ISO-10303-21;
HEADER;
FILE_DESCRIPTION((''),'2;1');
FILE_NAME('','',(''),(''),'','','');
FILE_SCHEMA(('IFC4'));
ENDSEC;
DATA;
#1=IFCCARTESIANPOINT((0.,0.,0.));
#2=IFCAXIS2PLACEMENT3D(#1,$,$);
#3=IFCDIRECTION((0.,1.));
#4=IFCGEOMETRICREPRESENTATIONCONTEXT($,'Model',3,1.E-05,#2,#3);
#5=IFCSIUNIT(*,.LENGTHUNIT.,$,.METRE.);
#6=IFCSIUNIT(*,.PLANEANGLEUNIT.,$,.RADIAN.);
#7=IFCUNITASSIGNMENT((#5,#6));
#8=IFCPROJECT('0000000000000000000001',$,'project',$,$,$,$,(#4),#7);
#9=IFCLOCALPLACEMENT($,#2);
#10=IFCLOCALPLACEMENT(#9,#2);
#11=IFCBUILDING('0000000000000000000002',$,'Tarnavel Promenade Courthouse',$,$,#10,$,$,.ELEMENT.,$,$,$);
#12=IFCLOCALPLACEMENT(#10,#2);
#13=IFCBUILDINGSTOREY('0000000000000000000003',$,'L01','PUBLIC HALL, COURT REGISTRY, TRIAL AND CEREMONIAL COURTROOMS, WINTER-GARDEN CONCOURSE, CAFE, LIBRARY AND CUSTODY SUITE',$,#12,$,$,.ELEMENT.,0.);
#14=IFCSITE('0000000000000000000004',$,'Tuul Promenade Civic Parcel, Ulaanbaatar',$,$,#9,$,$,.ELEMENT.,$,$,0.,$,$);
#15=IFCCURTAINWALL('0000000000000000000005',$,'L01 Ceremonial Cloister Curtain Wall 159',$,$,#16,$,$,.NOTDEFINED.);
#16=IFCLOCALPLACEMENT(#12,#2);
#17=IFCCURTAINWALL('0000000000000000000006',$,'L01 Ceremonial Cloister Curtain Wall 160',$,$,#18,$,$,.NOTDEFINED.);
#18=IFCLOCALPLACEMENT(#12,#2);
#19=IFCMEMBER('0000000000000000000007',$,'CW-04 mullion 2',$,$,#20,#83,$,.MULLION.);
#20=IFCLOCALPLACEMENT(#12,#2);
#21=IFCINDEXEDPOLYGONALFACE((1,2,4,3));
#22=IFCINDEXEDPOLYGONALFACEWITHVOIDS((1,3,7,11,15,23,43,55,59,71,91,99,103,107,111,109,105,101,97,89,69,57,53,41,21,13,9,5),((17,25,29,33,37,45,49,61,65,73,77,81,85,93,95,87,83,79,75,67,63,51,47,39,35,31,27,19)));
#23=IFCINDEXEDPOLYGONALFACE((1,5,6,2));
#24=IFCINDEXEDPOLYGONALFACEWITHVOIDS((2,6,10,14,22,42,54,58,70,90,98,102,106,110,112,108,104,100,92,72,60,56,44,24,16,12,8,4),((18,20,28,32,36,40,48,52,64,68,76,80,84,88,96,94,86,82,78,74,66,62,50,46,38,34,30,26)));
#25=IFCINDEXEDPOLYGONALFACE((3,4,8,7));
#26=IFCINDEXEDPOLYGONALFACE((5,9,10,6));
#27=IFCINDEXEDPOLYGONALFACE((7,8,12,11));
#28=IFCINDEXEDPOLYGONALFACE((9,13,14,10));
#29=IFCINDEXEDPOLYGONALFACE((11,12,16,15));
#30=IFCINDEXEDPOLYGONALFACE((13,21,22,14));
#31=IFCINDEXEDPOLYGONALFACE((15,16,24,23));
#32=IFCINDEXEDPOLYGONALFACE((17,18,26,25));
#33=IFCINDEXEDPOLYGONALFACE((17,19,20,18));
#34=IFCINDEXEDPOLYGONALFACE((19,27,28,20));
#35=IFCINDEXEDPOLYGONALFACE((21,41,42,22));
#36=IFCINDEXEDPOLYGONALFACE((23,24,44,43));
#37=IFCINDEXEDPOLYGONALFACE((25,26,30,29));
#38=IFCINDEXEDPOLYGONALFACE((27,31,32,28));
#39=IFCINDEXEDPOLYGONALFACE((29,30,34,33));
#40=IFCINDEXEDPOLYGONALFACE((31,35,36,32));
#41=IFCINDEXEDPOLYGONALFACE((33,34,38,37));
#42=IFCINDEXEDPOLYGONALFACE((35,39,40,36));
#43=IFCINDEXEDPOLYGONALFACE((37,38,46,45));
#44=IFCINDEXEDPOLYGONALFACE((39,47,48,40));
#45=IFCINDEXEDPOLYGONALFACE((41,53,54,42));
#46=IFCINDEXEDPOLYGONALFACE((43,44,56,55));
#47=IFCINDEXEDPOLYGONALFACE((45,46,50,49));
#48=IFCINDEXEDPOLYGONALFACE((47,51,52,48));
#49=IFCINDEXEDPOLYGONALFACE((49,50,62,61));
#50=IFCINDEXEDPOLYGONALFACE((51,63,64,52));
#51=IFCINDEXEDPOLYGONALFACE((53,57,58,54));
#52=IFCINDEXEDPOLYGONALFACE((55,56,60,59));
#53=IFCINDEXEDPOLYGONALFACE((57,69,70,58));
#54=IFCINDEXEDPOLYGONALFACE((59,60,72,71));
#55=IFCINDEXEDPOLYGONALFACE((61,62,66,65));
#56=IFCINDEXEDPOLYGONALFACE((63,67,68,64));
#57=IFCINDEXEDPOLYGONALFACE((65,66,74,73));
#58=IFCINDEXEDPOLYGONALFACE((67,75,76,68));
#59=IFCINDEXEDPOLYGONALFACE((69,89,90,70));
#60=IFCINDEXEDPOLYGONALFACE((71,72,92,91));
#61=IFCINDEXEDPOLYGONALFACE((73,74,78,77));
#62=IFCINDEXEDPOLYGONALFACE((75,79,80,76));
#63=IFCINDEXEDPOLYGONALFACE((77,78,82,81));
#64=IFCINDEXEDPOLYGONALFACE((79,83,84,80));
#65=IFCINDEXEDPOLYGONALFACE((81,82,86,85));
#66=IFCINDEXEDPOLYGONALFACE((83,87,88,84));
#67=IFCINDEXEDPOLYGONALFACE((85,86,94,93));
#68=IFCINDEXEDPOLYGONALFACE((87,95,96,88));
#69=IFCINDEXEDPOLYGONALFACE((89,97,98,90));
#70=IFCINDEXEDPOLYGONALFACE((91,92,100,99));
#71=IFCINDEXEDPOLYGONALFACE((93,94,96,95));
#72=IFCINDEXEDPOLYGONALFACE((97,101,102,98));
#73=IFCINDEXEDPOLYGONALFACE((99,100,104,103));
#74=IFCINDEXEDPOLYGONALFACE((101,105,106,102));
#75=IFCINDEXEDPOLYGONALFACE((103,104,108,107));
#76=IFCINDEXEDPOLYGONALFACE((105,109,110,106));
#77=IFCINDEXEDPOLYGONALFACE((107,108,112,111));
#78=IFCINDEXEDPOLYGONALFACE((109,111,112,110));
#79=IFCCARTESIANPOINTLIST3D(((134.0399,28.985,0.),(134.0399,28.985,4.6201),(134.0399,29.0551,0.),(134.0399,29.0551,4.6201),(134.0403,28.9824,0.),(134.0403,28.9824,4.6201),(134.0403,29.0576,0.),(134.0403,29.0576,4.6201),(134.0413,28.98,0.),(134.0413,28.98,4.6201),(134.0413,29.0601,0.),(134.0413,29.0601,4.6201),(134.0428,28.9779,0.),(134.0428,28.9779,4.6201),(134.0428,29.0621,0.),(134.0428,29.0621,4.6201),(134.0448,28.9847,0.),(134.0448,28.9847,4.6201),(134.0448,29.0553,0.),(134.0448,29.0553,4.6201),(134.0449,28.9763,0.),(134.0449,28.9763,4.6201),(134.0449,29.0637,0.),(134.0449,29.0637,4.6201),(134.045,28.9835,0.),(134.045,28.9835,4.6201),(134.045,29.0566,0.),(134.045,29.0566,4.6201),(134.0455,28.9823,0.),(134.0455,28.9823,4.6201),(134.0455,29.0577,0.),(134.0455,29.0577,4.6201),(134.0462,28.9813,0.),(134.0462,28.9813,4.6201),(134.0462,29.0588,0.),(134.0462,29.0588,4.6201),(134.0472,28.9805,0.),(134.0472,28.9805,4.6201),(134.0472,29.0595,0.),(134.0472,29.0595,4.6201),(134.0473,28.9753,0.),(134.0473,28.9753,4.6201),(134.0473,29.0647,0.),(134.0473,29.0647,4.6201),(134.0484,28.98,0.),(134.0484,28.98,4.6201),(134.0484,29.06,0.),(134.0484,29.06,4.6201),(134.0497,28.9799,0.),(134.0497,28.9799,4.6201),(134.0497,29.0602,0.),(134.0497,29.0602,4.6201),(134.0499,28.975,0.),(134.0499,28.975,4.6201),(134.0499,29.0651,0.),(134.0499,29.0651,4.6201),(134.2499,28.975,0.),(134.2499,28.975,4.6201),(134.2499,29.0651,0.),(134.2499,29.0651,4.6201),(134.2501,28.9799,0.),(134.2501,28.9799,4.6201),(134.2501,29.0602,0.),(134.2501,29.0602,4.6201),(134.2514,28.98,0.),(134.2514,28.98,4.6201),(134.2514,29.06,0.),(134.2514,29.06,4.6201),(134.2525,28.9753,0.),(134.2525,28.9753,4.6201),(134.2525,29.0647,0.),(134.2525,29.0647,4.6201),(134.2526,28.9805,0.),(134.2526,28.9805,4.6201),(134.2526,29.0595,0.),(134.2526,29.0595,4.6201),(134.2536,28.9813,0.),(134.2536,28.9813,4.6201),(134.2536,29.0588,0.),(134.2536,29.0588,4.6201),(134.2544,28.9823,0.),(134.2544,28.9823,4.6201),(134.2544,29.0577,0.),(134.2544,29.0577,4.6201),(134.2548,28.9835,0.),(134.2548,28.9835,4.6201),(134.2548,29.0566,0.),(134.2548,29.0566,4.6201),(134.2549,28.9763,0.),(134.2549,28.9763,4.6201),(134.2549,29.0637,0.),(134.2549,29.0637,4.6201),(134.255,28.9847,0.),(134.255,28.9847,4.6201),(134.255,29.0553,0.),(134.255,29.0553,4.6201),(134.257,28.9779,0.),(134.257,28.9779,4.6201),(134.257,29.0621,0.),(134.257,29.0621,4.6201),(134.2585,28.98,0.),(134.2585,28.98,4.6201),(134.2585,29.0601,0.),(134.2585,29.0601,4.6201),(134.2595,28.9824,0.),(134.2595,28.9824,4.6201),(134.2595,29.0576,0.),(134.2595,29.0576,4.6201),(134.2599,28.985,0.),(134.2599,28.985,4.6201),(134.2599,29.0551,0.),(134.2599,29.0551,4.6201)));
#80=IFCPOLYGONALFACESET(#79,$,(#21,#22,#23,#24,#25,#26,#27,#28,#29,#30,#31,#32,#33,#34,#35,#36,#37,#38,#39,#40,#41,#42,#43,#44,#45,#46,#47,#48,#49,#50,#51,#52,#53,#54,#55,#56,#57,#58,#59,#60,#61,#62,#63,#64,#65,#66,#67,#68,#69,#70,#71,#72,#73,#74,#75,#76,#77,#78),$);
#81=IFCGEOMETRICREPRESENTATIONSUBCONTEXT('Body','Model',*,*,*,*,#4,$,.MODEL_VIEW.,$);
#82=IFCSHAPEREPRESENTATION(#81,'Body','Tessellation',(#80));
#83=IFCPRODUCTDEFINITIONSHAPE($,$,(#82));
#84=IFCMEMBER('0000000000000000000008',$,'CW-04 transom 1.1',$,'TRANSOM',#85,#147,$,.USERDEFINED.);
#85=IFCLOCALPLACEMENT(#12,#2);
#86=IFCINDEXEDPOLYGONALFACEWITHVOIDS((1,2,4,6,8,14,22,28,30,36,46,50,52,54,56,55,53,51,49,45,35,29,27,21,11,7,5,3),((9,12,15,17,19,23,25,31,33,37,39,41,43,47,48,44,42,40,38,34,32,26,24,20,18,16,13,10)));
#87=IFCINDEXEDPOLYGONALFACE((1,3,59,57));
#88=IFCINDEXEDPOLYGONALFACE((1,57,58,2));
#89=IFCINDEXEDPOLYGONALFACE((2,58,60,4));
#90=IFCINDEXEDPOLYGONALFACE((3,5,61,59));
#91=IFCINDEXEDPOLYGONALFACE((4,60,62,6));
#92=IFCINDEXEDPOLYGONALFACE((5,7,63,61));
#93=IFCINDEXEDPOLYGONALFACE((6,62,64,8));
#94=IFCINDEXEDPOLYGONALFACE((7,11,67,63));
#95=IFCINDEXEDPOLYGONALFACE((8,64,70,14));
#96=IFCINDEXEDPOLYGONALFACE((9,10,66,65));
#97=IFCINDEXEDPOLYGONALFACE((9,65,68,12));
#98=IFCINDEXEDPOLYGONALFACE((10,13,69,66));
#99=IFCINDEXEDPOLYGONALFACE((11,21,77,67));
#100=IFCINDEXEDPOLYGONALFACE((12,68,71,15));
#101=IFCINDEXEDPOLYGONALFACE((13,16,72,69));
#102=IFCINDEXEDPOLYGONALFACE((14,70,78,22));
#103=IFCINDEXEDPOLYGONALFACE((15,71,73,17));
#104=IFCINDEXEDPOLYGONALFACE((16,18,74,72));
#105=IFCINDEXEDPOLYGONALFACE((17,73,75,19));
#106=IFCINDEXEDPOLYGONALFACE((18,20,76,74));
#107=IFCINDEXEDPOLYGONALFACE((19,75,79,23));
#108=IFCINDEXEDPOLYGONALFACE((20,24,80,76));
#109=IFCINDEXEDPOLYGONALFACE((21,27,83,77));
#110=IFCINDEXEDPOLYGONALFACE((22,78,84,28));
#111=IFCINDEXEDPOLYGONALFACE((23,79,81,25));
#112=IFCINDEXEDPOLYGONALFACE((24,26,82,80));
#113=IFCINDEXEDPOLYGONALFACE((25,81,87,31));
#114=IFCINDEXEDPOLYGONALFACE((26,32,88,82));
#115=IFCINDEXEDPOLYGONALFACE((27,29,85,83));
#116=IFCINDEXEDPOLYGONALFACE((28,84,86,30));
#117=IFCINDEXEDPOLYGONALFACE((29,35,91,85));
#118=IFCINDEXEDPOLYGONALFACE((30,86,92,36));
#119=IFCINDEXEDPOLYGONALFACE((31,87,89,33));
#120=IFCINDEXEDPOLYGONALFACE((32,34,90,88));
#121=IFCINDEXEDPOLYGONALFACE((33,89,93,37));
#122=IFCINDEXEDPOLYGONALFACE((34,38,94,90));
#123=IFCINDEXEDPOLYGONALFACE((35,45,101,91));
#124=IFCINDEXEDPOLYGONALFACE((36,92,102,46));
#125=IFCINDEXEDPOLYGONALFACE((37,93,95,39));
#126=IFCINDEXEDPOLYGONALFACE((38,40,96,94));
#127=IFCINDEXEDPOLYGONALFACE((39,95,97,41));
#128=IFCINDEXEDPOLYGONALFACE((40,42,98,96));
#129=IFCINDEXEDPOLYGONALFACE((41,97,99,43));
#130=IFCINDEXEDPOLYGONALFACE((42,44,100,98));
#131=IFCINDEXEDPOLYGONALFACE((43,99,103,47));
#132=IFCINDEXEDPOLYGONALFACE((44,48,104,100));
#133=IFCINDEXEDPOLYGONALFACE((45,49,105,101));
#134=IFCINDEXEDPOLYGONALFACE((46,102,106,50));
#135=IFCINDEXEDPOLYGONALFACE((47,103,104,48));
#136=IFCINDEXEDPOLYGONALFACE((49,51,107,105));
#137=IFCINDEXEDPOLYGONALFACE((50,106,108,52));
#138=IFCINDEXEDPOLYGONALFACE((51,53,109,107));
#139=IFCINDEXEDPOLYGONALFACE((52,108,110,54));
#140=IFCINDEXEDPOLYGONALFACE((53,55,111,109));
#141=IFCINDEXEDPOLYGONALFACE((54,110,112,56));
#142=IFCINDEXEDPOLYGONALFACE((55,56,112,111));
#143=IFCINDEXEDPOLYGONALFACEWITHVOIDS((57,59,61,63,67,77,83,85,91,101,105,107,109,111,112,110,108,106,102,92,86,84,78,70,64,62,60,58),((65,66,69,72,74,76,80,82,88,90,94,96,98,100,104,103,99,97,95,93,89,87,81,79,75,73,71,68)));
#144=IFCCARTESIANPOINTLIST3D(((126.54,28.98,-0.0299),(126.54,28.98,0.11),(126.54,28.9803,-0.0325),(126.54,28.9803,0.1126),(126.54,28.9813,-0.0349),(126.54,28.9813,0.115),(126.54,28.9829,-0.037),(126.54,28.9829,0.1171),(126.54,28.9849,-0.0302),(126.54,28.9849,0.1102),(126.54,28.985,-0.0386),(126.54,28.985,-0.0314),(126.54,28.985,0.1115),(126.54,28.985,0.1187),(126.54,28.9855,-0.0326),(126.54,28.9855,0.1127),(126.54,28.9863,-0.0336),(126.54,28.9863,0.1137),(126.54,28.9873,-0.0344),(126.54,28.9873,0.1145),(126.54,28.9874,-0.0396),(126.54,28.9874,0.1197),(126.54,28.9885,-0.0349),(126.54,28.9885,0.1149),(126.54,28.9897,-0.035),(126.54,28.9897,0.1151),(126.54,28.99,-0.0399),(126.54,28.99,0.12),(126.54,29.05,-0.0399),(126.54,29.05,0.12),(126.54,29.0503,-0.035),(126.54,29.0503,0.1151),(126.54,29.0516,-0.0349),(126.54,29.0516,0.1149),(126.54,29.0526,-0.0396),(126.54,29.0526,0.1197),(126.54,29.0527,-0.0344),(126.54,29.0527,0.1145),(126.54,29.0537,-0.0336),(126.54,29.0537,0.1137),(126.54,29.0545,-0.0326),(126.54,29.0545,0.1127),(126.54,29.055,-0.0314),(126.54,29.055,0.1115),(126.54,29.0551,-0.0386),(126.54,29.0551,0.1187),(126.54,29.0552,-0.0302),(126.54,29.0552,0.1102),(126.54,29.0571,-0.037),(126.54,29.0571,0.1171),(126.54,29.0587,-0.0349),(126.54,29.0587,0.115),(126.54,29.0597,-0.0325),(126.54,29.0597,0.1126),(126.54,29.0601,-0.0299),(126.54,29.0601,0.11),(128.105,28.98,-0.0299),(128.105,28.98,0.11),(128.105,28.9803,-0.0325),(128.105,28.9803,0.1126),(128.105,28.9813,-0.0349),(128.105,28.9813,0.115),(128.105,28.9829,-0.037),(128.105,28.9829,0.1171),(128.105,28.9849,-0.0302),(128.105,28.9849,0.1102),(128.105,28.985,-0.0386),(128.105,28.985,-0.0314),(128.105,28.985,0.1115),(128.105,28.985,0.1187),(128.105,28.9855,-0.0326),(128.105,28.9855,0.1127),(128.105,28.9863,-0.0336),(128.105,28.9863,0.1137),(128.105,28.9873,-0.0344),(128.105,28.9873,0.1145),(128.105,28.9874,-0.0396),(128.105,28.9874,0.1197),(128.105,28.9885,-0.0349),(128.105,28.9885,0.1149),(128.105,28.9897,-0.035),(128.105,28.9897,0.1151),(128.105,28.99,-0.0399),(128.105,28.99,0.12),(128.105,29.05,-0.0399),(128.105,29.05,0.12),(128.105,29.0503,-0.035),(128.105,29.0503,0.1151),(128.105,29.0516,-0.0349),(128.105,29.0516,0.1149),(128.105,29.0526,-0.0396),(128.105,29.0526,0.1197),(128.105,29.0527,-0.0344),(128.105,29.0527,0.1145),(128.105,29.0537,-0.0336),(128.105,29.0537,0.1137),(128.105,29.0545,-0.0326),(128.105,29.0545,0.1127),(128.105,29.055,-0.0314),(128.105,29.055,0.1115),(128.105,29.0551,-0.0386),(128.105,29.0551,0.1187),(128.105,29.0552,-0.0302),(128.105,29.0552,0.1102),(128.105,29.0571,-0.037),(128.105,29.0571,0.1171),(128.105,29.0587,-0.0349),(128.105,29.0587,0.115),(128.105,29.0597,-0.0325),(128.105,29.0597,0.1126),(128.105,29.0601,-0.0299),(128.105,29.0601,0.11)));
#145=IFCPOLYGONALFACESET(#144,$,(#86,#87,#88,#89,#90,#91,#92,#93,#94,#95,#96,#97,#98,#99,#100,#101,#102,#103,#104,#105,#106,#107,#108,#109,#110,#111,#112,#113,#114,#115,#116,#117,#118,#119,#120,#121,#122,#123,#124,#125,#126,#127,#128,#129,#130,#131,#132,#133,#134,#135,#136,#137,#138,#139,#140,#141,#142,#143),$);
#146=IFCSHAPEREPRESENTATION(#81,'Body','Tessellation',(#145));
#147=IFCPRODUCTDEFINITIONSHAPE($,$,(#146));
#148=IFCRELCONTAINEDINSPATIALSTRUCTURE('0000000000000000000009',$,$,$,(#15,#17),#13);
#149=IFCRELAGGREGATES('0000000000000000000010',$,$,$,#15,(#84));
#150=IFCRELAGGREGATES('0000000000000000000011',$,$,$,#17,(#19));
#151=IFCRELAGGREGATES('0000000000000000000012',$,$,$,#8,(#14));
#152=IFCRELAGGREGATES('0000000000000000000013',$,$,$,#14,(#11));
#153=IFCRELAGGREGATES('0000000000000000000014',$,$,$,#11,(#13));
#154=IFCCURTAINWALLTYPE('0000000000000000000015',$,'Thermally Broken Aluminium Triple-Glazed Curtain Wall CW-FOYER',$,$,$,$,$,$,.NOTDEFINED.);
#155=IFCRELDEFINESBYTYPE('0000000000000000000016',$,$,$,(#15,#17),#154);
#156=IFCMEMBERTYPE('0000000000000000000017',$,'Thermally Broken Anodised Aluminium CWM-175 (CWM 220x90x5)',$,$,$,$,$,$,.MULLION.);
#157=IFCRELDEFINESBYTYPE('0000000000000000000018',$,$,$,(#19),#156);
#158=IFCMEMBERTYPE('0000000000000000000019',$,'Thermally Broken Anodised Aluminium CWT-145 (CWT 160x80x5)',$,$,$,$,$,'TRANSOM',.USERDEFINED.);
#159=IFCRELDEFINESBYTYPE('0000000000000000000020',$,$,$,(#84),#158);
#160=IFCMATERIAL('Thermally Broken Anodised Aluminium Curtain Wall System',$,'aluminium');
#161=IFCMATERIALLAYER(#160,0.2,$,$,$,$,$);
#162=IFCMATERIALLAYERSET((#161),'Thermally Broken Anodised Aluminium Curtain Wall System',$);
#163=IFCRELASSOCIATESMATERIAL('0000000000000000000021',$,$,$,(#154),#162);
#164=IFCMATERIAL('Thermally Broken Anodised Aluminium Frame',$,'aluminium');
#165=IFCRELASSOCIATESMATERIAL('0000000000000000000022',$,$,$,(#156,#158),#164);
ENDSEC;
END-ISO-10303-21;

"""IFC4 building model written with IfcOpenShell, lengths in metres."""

from ifc_helpers import new_model, si_unit, direction, frame, origin, origin_2d, place, context, subcontext, project, spatial, hollow_rectangle, extrude, material, layer, layer_set, material_profile, profile_set, type_object, element, aggregate, save


model = new_model("IFC4")

# Units and contexts
model_context = context("Model", 3, precision=1e-05, world=origin(), true_north=direction((0.0, 1.0)))
body_context = subcontext(model_context, "Body", "Model", "MODEL_VIEW")
ifc_project = project(units=[si_unit("LENGTHUNIT", "METRE"), si_unit("PLANEANGLEUNIT", "RADIAN")], contexts=[model_context])

# Site, building, storey
site_placement = place(None, origin())
site = spatial("IfcSite", under=ifc_project, at=site_placement, Name="Tuul Promenade Civic Parcel, Ulaanbaatar", CompositionType="ELEMENT", RefElevation=0.0)
building_placement = place(site_placement, origin())
building = spatial("IfcBuilding", under=site, at=building_placement, Name="Tarnavel Promenade Courthouse", CompositionType="ELEMENT")
storey_placement = place(building_placement, origin())
storey = spatial("IfcBuildingStorey", under=building, at=storey_placement, Name="L01", Description="PUBLIC HALL, COURT REGISTRY, TRIAL AND CEREMONIAL COURTROOMS, WINTER-GARDEN CONCOURSE, CAFE, LIBRARY AND CUSTODY SUITE", CompositionType="ELEMENT", Elevation=0.0)

# Shared definitions
ifc_material_1 = material(Name="Thermally Broken Anodised Aluminium Curtain Wall System", Category="aluminium")
ifc_layer_1 = layer(ifc_material_1, 0.2)
ifc_layer_set_1 = layer_set([ifc_layer_1], Name="Thermally Broken Anodised Aluminium Curtain Wall System")
curtain_wall_type = type_object("IfcCurtainWallType", Name="Thermally Broken Aluminium Triple-Glazed Curtain Wall CW-FOYER", PredefinedType="NOTDEFINED", material=ifc_layer_set_1)
ifc_material_2 = material(Name="Thermally Broken Anodised Aluminium Frame", Category="aluminium")
ifc_material_profile_1 = material_profile(ifc_material_2, hollow_rectangle(XDim=0.0901, YDim=0.22, WallThickness=0.0049, InnerFilletRadius=0.0049, OuterFilletRadius=0.01, at=origin_2d()), Name="CWM 220x90x5")
ifc_profile_set_1 = profile_set([ifc_material_profile_1], Name="Thermally Broken Anodised Aluminium Frame")
member_type_1 = type_object("IfcMemberType", Name="Thermally Broken Anodised Aluminium CWM-175 (CWM 220x90x5)", PredefinedType="MULLION", material=ifc_profile_set_1)

# Curtain walls, member
curtain_wall_1_placement = place(storey_placement, origin())
curtain_wall_1 = element("IfcCurtainWall", 1, at=curtain_wall_1_placement, inside=storey, type_object=curtain_wall_type, Name="L01 Ceremonial Cloister Curtain Wall 159", PredefinedType="NOTDEFINED")
curtain_wall_2_placement = place(storey_placement, origin())
curtain_wall_2 = element("IfcCurtainWall", 2, at=curtain_wall_2_placement, inside=storey, type_object=curtain_wall_type, Name="L01 Ceremonial Cloister Curtain Wall 160", PredefinedType="NOTDEFINED")
member_1_placement = place(storey_placement, frame((134.1499, 29.02, 0.0), z_axis=(0.0, 0.0, 1.0), x_axis=(0.0, 1.0, 0.0)))
member_1 = element("IfcMember", 3, at=member_1_placement, type_object=member_type_1, Name="CW-04 mullion 2", PredefinedType="MULLION", context=body_context, shape_type="SweptSolid", body=[
    extrude(hollow_rectangle(XDim=0.0901, YDim=0.22, WallThickness=0.0049, InnerFilletRadius=0.0049, OuterFilletRadius=0.01, at=origin_2d()), origin(), (0.0, 0.0, 1.0), 4.6201),
])

# Member
ifc_material_profile_2 = material_profile(ifc_material_2, hollow_rectangle(XDim=0.0801, YDim=0.1599, WallThickness=0.0049, InnerFilletRadius=0.0049, OuterFilletRadius=0.01, at=origin_2d()), Name="CWT 160x80x5")
ifc_profile_set_2 = profile_set([ifc_material_profile_2], Name="Thermally Broken Anodised Aluminium Frame")
member_type_2 = type_object("IfcMemberType", Name="Thermally Broken Anodised Aluminium CWT-145 (CWT 160x80x5)", ElementType="TRANSOM", PredefinedType="USERDEFINED", material=ifc_profile_set_2)
member_2_placement = place(storey_placement, frame((126.54, 29.02, 0.04), z_axis=(1.0, 0.0, 0.0), x_axis=(0.0, 1.0, 0.0)))
member_2 = element("IfcMember", 4, at=member_2_placement, type_object=member_type_2, Name="CW-04 transom 1.1", ObjectType="TRANSOM", PredefinedType="USERDEFINED", context=body_context, shape_type="SweptSolid", body=[
    extrude(hollow_rectangle(XDim=0.0801, YDim=0.1599, WallThickness=0.0049, InnerFilletRadius=0.0049, OuterFilletRadius=0.01, at=origin_2d()), origin(), (0.0, 0.0, 1.0), 1.5649),
])

aggregate(curtain_wall_1, [member_2])
aggregate(curtain_wall_2, [member_1])

save(model, "model.ifc")
